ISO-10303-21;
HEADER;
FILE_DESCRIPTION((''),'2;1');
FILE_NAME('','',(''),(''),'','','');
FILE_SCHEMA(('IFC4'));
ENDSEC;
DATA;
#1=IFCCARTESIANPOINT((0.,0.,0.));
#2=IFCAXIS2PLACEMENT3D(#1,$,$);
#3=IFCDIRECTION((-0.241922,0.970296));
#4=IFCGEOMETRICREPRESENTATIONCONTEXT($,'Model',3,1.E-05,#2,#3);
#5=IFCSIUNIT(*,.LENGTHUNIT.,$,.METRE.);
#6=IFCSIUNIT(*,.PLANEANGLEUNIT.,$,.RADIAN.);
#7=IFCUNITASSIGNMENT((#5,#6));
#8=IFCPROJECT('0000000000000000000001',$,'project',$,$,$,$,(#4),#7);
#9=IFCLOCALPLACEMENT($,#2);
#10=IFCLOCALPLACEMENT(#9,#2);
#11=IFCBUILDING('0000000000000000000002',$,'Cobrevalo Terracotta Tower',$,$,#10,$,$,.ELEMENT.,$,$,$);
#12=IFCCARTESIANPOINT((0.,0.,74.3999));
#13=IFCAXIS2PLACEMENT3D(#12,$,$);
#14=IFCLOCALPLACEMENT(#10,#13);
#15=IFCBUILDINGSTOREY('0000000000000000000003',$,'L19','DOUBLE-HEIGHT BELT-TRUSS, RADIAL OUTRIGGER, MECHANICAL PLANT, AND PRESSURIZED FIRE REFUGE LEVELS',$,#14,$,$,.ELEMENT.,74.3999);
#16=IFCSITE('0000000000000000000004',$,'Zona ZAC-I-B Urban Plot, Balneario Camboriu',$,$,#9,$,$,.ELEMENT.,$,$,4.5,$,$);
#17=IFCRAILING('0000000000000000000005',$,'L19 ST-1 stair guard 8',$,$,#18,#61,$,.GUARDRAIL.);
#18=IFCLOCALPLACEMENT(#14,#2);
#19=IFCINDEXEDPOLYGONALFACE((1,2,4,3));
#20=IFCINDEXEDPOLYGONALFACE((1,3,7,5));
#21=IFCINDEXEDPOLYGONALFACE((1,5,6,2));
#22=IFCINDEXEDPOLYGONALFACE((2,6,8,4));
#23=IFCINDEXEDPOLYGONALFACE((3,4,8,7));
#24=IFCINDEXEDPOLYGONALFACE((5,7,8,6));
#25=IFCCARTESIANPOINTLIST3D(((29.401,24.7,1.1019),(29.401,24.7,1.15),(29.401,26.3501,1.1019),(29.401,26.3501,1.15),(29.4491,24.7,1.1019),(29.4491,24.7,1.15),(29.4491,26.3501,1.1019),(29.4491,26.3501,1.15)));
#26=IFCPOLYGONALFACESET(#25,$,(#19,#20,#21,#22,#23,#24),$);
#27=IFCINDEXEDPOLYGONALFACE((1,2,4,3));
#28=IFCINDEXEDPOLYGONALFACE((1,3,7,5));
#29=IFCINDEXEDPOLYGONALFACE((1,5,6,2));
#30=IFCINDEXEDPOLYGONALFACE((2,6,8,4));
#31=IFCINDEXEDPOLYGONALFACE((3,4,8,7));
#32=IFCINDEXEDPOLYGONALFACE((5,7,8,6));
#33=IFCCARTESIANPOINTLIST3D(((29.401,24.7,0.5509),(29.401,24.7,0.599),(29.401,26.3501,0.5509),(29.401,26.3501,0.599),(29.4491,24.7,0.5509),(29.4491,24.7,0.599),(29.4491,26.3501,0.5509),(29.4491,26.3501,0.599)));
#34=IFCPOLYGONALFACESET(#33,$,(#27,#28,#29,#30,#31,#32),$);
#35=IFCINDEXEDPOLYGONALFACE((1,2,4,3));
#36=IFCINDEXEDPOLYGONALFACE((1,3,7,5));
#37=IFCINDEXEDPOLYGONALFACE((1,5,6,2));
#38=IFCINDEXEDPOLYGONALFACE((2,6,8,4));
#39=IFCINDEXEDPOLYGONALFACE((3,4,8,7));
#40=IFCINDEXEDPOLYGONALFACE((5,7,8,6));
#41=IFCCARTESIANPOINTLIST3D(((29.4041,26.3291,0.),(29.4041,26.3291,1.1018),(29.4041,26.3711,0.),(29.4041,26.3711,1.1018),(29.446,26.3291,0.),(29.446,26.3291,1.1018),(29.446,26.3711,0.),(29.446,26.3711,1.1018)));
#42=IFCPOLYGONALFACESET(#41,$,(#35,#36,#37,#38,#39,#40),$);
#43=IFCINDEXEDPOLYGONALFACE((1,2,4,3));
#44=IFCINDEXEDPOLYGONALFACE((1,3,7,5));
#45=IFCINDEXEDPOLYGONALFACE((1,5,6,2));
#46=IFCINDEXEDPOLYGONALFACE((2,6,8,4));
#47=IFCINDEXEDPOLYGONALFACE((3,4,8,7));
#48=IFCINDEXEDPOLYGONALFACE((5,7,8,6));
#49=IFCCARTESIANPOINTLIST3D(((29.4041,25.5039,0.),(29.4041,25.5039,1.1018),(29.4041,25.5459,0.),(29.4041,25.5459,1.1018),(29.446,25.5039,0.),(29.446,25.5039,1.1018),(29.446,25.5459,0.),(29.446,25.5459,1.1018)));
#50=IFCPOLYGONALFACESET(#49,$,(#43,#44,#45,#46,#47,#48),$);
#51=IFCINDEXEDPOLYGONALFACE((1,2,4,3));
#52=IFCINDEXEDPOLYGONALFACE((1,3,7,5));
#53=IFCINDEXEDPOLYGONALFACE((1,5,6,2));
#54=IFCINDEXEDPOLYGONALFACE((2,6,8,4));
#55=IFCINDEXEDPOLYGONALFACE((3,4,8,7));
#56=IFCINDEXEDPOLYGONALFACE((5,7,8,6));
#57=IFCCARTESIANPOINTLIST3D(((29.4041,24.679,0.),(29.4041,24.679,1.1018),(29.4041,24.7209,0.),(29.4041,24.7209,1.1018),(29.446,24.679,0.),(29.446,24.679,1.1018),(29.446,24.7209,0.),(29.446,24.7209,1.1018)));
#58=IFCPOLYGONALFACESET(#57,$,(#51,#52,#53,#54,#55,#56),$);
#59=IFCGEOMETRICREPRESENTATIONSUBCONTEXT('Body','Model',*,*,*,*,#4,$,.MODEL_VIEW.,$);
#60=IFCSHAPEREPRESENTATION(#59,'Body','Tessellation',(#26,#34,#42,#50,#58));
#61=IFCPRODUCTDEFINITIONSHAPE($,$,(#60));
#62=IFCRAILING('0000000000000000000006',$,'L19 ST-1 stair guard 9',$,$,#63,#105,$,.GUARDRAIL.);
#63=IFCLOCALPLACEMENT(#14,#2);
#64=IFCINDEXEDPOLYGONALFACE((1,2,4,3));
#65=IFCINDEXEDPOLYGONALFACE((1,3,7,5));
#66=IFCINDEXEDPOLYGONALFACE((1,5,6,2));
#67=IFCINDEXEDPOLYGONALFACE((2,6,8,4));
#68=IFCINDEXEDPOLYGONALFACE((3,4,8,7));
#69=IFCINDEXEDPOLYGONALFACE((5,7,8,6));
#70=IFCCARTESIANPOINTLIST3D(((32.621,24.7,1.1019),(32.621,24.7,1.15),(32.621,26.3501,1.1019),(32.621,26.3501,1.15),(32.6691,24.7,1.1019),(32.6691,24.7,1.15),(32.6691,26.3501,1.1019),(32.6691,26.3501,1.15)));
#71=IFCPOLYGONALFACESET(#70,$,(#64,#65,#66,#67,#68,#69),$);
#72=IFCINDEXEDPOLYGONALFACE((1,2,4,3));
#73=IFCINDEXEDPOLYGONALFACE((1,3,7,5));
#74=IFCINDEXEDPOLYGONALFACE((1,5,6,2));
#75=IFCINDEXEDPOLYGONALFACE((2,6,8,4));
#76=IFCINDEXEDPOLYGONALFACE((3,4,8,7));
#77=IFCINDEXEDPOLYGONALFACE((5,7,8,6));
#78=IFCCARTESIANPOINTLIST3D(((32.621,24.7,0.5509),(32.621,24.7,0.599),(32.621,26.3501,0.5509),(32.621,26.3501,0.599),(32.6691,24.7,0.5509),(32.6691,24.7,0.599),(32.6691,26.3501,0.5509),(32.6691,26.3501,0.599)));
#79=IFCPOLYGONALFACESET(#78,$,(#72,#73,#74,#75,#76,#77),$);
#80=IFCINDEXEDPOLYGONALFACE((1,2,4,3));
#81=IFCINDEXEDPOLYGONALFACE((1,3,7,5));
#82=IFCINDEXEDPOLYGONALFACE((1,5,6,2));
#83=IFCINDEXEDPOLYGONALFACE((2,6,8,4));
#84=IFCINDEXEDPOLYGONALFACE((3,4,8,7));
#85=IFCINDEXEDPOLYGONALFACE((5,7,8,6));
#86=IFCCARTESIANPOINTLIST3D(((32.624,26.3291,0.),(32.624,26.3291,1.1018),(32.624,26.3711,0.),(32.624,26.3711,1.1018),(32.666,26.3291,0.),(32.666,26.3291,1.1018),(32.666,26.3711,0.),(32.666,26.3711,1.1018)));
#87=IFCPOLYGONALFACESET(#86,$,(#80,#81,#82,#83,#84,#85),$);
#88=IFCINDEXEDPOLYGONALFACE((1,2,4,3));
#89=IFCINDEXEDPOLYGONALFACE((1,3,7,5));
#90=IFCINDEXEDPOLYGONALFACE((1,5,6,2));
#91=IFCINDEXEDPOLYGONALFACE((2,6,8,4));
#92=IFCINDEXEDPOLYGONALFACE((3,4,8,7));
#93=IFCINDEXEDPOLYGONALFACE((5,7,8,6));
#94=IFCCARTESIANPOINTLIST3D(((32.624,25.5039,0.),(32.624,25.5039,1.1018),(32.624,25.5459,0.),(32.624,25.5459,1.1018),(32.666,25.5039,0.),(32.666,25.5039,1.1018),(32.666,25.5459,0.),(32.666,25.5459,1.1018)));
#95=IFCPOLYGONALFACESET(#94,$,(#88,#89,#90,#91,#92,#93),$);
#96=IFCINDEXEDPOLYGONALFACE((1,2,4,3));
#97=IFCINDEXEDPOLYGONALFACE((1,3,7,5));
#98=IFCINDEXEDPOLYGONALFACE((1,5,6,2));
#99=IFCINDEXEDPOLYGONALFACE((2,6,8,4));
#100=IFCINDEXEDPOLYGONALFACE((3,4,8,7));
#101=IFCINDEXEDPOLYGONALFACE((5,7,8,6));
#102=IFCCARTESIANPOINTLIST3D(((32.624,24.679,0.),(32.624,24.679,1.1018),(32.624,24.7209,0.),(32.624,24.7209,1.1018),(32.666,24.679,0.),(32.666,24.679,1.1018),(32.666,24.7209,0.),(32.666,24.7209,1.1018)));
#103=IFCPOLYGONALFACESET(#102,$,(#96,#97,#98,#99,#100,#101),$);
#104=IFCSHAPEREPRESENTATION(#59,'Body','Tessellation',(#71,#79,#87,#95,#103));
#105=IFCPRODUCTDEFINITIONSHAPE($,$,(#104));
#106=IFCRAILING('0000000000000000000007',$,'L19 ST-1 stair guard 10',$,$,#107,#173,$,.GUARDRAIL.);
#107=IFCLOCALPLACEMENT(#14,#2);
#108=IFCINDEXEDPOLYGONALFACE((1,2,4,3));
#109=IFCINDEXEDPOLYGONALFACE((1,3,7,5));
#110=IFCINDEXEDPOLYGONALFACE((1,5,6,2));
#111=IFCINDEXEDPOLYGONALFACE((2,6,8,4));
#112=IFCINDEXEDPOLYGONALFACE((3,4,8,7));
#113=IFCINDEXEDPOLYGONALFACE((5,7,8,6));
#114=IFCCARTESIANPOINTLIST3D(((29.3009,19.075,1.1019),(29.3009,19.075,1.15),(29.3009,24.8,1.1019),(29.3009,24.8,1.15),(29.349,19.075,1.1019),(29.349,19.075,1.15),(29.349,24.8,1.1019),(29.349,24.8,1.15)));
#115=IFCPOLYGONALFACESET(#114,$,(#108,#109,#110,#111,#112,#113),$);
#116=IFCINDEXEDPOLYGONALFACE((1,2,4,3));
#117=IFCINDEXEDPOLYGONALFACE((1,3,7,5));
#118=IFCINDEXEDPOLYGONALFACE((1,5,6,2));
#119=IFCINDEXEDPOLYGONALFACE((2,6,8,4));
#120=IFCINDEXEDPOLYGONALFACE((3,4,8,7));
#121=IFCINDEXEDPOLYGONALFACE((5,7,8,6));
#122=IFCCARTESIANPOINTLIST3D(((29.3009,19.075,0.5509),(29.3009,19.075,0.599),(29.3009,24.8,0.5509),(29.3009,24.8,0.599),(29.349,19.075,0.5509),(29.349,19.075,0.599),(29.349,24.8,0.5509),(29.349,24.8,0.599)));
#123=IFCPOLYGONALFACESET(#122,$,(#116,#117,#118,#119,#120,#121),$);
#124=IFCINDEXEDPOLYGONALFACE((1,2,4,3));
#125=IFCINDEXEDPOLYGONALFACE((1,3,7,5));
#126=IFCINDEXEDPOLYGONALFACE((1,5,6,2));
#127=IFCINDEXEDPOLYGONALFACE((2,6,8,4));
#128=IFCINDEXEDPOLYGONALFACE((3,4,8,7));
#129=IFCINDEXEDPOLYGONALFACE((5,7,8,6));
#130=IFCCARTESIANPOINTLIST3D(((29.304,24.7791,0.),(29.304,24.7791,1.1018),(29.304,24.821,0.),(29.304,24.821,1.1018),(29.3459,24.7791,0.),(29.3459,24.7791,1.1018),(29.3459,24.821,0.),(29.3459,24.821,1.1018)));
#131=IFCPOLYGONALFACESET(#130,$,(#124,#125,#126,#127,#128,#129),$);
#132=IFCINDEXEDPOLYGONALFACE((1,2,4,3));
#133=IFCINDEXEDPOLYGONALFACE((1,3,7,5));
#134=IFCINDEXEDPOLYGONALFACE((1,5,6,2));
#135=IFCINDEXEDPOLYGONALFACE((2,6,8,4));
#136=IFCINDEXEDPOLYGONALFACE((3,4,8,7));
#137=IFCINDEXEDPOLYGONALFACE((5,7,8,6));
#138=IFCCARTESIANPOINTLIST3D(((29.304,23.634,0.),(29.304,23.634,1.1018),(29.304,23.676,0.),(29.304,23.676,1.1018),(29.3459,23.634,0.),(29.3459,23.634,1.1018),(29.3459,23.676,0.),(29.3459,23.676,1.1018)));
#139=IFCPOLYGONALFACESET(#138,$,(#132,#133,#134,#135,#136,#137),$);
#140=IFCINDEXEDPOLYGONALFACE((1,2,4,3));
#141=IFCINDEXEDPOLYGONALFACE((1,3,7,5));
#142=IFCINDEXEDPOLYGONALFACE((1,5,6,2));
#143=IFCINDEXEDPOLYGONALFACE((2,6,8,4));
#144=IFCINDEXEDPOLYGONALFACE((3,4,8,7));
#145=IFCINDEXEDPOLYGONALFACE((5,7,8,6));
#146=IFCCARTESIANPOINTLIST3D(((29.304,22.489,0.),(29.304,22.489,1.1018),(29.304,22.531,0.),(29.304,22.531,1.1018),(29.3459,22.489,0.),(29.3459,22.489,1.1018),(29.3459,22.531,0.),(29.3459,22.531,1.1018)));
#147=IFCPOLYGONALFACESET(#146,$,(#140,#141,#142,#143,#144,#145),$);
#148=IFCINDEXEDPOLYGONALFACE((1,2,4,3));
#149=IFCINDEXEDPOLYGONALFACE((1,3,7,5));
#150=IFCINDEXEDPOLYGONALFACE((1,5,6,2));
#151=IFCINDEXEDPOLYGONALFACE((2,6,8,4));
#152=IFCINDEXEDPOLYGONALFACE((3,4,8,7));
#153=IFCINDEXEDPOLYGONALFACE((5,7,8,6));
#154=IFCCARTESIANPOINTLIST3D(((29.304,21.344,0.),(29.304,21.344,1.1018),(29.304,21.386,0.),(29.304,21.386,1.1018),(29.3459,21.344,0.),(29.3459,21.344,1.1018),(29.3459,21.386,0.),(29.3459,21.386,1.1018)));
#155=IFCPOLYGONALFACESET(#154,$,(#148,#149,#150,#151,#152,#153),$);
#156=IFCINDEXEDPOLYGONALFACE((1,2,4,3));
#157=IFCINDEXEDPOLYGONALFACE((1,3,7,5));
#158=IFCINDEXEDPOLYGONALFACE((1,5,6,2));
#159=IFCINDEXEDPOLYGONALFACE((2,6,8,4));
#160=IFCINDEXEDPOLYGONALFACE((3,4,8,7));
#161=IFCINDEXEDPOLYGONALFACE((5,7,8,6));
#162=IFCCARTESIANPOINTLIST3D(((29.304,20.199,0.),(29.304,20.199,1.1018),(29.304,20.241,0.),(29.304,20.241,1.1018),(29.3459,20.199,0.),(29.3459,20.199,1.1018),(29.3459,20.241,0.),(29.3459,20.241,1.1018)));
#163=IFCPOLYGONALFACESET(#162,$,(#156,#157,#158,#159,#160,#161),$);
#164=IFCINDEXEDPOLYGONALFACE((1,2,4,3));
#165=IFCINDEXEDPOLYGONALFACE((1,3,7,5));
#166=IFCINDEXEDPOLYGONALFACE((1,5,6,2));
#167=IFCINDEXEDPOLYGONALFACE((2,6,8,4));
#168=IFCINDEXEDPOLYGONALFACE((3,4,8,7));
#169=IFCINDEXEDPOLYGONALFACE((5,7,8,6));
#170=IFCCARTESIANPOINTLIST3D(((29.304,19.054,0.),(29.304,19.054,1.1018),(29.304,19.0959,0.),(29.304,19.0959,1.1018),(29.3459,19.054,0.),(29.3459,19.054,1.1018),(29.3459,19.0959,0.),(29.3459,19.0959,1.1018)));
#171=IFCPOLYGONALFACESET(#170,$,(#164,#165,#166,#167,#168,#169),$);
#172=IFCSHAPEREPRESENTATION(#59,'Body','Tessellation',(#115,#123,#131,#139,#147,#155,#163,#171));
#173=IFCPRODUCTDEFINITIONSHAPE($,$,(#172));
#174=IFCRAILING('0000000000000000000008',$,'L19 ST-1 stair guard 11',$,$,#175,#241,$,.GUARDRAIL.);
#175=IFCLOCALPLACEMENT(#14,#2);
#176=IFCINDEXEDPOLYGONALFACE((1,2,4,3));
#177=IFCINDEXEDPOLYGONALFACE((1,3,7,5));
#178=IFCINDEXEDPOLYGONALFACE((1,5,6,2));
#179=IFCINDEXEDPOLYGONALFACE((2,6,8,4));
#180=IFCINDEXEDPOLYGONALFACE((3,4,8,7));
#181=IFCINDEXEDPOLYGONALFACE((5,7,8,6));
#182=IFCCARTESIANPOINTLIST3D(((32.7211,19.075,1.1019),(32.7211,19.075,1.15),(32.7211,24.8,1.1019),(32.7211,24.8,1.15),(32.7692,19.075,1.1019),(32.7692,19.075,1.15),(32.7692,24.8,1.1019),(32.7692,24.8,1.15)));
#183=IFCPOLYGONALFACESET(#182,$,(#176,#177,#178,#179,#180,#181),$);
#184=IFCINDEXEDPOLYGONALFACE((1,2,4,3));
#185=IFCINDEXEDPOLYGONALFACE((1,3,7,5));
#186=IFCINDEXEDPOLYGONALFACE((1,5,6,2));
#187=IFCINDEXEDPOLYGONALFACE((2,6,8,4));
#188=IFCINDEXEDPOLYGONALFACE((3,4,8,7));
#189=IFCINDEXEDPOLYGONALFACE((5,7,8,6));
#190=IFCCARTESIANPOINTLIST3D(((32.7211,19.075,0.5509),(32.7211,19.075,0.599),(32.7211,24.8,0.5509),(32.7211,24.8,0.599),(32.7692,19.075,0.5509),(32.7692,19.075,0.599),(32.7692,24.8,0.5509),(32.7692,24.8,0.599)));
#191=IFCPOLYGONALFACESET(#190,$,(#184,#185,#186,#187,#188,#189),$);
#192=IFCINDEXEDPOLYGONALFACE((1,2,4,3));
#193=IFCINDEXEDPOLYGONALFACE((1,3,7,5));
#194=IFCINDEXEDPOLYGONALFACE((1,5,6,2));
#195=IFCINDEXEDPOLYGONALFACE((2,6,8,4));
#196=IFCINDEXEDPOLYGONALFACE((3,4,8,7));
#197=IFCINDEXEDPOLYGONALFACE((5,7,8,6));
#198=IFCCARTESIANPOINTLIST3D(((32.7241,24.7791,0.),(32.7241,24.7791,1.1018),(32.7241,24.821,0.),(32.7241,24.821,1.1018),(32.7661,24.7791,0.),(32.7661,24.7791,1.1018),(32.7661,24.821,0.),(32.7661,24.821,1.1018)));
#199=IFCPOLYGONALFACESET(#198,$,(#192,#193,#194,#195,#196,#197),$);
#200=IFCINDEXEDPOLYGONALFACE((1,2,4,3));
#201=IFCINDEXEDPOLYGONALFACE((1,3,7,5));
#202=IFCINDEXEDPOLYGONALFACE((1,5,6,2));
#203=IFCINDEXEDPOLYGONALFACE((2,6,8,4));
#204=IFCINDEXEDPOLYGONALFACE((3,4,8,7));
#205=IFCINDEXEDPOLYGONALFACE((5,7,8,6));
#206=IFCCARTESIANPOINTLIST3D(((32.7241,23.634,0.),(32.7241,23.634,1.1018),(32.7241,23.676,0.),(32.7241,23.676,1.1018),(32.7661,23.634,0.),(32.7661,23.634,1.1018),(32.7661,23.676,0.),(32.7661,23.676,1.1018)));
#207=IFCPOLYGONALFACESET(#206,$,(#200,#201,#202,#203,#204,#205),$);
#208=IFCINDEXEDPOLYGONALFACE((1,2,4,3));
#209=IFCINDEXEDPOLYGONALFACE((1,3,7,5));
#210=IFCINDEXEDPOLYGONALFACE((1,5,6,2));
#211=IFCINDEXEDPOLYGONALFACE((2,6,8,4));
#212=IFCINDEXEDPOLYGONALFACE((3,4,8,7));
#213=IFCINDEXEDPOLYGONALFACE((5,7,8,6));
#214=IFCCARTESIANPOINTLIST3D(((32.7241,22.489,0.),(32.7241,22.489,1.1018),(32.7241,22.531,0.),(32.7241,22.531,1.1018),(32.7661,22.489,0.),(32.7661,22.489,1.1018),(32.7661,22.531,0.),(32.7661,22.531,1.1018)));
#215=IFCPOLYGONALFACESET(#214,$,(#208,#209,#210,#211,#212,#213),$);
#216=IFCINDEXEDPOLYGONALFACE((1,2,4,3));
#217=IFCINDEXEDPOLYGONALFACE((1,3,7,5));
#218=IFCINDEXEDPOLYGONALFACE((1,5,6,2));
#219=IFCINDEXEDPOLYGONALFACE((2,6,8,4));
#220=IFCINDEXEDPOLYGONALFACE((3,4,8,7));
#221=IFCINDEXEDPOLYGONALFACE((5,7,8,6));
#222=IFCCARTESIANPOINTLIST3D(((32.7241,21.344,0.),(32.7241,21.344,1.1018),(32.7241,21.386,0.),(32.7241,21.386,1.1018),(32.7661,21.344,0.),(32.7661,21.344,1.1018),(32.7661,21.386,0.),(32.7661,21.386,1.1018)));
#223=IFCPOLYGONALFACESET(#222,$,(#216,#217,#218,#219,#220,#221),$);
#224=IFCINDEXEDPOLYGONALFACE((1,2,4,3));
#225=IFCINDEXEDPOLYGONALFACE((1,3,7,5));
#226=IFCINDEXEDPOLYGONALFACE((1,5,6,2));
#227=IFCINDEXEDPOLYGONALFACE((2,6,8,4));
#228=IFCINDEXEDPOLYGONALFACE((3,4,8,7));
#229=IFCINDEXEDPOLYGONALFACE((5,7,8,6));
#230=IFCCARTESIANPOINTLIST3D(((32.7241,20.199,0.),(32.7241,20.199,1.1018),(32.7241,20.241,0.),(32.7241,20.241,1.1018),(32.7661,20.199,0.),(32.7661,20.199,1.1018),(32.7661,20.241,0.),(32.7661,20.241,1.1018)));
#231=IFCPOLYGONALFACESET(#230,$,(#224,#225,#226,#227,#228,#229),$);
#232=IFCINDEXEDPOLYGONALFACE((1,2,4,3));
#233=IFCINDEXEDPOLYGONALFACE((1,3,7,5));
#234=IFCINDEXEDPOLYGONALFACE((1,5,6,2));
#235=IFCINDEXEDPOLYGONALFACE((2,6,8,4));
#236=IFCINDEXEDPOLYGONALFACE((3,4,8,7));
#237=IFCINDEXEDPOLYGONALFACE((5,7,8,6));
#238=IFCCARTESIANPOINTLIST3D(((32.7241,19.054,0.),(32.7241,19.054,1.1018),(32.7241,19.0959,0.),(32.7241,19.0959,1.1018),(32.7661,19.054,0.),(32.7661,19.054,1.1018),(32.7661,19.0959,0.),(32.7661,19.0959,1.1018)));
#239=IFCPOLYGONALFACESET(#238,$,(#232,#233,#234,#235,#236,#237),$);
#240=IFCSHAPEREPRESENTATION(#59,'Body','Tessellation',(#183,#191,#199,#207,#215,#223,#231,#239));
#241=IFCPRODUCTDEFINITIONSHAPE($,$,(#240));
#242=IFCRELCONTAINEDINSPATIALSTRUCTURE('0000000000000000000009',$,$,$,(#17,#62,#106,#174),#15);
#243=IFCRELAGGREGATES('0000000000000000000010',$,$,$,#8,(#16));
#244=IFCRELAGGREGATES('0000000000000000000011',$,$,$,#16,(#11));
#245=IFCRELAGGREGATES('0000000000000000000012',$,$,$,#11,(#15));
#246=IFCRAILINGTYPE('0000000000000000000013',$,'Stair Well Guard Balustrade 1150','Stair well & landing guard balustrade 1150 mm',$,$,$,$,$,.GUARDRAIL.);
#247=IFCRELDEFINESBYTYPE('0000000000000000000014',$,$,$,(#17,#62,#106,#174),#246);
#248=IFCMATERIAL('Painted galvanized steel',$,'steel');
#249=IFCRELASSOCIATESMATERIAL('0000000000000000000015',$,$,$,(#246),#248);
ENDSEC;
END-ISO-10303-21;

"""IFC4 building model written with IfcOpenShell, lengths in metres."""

from ifc_helpers import new_model, si_unit, direction, frame, origin, origin_2d, place, context, subcontext, project, spatial, rectangle, extrude, material, type_object, element, save


model = new_model("IFC4")

# Units and contexts
model_context = context("Model", 3, precision=1e-05, world=origin(), true_north=direction((-0.241922, 0.970296)))
body_context = subcontext(model_context, "Body", "Model", "MODEL_VIEW")
ifc_project = project(units=[si_unit("LENGTHUNIT", "METRE"), si_unit("PLANEANGLEUNIT", "RADIAN")], contexts=[model_context])

# Site, building, storey
site_placement = place(None, origin())
site = spatial("IfcSite", under=ifc_project, at=site_placement, Name="Zona ZAC-I-B Urban Plot, Balneario Camboriu", CompositionType="ELEMENT", RefElevation=4.5)
building_placement = place(site_placement, origin())
building = spatial("IfcBuilding", under=site, at=building_placement, Name="Cobrevalo Terracotta Tower", CompositionType="ELEMENT")
storey_placement = place(building_placement, frame((0.0, 0.0, 74.3999)))
storey = spatial("IfcBuildingStorey", under=building, at=storey_placement, Name="L19", Description="DOUBLE-HEIGHT BELT-TRUSS, RADIAL OUTRIGGER, MECHANICAL PLANT, AND PRESSURIZED FIRE REFUGE LEVELS", CompositionType="ELEMENT", Elevation=74.3999)

# Railings
ifc_material_1 = material(Name="Painted galvanized steel", Category="steel")
railing_type = type_object("IfcRailingType", Name="Stair Well Guard Balustrade 1150", Description="Stair well & landing guard balustrade 1150 mm", PredefinedType="GUARDRAIL", material=ifc_material_1)
for number, where, name in (
    (1, (29.425, 26.3501, 0.0), "L19 ST-1 stair guard 8"),
    (2, (32.645, 26.3501, 0.0), "L19 ST-1 stair guard 9"),
):
    element("IfcRailing", number, at=place(storey_placement, frame(where)), inside=storey, type_object=railing_type, Name=name, PredefinedType="GUARDRAIL", context=body_context, shape_type="SweptSolid", body=[
        extrude(rectangle(XDim=0.0481, YDim=0.0481, at=origin_2d()), frame((0.0, 0.0, 1.126), z_axis=(0.0, -1.0, 0.0), x_axis=(1.0, 0.0, 0.0)), (0.0, 0.0, 1.0), 1.6501),
        extrude(rectangle(XDim=0.0481, YDim=0.0481, at=origin_2d()), frame((0.0, 0.0, 0.575), z_axis=(0.0, -1.0, 0.0), x_axis=(1.0, 0.0, 0.0)), (0.0, 0.0, 1.0), 1.6501),
        extrude(rectangle(XDim=0.042, YDim=0.042, at=origin_2d()), origin(), (0.0, 0.0, 1.0), 1.1018),
        extrude(rectangle(XDim=0.042, YDim=0.042, at=origin_2d()), frame((0.0, -0.8252, 0.0)), (0.0, 0.0, 1.0), 1.1018),
        extrude(rectangle(XDim=0.042, YDim=0.042, at=origin_2d()), frame((0.0, -1.6501, 0.0)), (0.0, 0.0, 1.0), 1.1018),
    ])
for number, where, name in (
    (3, (29.325, 24.8, 0.0), "L19 ST-1 stair guard 10"),
    (4, (32.7451, 24.8, 0.0), "L19 ST-1 stair guard 11"),
):
    element("IfcRailing", number, at=place(storey_placement, frame(where)), inside=storey, type_object=railing_type, Name=name, PredefinedType="GUARDRAIL", context=body_context, shape_type="SweptSolid", body=[
        extrude(rectangle(XDim=0.0481, YDim=0.0481, at=origin_2d()), frame((0.0, 0.0, 1.126), z_axis=(0.0, -1.0, 0.0), x_axis=(1.0, 0.0, 0.0)), (0.0, 0.0, 1.0), 5.7251),
        extrude(rectangle(XDim=0.0481, YDim=0.0481, at=origin_2d()), frame((0.0, 0.0, 0.575), z_axis=(0.0, -1.0, 0.0), x_axis=(1.0, 0.0, 0.0)), (0.0, 0.0, 1.0), 5.7251),
        extrude(rectangle(XDim=0.042, YDim=0.042, at=origin_2d()), origin(), (0.0, 0.0, 1.0), 1.1018),
        extrude(rectangle(XDim=0.042, YDim=0.042, at=origin_2d()), frame((0.0, -1.145, 0.0)), (0.0, 0.0, 1.0), 1.1018),
        extrude(rectangle(XDim=0.042, YDim=0.042, at=origin_2d()), frame((0.0, -2.29, 0.0)), (0.0, 0.0, 1.0), 1.1018),
        extrude(rectangle(XDim=0.042, YDim=0.042, at=origin_2d()), frame((0.0, -3.4351, 0.0)), (0.0, 0.0, 1.0), 1.1018),
        extrude(rectangle(XDim=0.042, YDim=0.042, at=origin_2d()), frame((0.0, -4.5801, 0.0)), (0.0, 0.0, 1.0), 1.1018),
        extrude(rectangle(XDim=0.042, YDim=0.042, at=origin_2d()), frame((0.0, -5.7251, 0.0)), (0.0, 0.0, 1.0), 1.1018),
    ])

save(model, "model.ifc")
